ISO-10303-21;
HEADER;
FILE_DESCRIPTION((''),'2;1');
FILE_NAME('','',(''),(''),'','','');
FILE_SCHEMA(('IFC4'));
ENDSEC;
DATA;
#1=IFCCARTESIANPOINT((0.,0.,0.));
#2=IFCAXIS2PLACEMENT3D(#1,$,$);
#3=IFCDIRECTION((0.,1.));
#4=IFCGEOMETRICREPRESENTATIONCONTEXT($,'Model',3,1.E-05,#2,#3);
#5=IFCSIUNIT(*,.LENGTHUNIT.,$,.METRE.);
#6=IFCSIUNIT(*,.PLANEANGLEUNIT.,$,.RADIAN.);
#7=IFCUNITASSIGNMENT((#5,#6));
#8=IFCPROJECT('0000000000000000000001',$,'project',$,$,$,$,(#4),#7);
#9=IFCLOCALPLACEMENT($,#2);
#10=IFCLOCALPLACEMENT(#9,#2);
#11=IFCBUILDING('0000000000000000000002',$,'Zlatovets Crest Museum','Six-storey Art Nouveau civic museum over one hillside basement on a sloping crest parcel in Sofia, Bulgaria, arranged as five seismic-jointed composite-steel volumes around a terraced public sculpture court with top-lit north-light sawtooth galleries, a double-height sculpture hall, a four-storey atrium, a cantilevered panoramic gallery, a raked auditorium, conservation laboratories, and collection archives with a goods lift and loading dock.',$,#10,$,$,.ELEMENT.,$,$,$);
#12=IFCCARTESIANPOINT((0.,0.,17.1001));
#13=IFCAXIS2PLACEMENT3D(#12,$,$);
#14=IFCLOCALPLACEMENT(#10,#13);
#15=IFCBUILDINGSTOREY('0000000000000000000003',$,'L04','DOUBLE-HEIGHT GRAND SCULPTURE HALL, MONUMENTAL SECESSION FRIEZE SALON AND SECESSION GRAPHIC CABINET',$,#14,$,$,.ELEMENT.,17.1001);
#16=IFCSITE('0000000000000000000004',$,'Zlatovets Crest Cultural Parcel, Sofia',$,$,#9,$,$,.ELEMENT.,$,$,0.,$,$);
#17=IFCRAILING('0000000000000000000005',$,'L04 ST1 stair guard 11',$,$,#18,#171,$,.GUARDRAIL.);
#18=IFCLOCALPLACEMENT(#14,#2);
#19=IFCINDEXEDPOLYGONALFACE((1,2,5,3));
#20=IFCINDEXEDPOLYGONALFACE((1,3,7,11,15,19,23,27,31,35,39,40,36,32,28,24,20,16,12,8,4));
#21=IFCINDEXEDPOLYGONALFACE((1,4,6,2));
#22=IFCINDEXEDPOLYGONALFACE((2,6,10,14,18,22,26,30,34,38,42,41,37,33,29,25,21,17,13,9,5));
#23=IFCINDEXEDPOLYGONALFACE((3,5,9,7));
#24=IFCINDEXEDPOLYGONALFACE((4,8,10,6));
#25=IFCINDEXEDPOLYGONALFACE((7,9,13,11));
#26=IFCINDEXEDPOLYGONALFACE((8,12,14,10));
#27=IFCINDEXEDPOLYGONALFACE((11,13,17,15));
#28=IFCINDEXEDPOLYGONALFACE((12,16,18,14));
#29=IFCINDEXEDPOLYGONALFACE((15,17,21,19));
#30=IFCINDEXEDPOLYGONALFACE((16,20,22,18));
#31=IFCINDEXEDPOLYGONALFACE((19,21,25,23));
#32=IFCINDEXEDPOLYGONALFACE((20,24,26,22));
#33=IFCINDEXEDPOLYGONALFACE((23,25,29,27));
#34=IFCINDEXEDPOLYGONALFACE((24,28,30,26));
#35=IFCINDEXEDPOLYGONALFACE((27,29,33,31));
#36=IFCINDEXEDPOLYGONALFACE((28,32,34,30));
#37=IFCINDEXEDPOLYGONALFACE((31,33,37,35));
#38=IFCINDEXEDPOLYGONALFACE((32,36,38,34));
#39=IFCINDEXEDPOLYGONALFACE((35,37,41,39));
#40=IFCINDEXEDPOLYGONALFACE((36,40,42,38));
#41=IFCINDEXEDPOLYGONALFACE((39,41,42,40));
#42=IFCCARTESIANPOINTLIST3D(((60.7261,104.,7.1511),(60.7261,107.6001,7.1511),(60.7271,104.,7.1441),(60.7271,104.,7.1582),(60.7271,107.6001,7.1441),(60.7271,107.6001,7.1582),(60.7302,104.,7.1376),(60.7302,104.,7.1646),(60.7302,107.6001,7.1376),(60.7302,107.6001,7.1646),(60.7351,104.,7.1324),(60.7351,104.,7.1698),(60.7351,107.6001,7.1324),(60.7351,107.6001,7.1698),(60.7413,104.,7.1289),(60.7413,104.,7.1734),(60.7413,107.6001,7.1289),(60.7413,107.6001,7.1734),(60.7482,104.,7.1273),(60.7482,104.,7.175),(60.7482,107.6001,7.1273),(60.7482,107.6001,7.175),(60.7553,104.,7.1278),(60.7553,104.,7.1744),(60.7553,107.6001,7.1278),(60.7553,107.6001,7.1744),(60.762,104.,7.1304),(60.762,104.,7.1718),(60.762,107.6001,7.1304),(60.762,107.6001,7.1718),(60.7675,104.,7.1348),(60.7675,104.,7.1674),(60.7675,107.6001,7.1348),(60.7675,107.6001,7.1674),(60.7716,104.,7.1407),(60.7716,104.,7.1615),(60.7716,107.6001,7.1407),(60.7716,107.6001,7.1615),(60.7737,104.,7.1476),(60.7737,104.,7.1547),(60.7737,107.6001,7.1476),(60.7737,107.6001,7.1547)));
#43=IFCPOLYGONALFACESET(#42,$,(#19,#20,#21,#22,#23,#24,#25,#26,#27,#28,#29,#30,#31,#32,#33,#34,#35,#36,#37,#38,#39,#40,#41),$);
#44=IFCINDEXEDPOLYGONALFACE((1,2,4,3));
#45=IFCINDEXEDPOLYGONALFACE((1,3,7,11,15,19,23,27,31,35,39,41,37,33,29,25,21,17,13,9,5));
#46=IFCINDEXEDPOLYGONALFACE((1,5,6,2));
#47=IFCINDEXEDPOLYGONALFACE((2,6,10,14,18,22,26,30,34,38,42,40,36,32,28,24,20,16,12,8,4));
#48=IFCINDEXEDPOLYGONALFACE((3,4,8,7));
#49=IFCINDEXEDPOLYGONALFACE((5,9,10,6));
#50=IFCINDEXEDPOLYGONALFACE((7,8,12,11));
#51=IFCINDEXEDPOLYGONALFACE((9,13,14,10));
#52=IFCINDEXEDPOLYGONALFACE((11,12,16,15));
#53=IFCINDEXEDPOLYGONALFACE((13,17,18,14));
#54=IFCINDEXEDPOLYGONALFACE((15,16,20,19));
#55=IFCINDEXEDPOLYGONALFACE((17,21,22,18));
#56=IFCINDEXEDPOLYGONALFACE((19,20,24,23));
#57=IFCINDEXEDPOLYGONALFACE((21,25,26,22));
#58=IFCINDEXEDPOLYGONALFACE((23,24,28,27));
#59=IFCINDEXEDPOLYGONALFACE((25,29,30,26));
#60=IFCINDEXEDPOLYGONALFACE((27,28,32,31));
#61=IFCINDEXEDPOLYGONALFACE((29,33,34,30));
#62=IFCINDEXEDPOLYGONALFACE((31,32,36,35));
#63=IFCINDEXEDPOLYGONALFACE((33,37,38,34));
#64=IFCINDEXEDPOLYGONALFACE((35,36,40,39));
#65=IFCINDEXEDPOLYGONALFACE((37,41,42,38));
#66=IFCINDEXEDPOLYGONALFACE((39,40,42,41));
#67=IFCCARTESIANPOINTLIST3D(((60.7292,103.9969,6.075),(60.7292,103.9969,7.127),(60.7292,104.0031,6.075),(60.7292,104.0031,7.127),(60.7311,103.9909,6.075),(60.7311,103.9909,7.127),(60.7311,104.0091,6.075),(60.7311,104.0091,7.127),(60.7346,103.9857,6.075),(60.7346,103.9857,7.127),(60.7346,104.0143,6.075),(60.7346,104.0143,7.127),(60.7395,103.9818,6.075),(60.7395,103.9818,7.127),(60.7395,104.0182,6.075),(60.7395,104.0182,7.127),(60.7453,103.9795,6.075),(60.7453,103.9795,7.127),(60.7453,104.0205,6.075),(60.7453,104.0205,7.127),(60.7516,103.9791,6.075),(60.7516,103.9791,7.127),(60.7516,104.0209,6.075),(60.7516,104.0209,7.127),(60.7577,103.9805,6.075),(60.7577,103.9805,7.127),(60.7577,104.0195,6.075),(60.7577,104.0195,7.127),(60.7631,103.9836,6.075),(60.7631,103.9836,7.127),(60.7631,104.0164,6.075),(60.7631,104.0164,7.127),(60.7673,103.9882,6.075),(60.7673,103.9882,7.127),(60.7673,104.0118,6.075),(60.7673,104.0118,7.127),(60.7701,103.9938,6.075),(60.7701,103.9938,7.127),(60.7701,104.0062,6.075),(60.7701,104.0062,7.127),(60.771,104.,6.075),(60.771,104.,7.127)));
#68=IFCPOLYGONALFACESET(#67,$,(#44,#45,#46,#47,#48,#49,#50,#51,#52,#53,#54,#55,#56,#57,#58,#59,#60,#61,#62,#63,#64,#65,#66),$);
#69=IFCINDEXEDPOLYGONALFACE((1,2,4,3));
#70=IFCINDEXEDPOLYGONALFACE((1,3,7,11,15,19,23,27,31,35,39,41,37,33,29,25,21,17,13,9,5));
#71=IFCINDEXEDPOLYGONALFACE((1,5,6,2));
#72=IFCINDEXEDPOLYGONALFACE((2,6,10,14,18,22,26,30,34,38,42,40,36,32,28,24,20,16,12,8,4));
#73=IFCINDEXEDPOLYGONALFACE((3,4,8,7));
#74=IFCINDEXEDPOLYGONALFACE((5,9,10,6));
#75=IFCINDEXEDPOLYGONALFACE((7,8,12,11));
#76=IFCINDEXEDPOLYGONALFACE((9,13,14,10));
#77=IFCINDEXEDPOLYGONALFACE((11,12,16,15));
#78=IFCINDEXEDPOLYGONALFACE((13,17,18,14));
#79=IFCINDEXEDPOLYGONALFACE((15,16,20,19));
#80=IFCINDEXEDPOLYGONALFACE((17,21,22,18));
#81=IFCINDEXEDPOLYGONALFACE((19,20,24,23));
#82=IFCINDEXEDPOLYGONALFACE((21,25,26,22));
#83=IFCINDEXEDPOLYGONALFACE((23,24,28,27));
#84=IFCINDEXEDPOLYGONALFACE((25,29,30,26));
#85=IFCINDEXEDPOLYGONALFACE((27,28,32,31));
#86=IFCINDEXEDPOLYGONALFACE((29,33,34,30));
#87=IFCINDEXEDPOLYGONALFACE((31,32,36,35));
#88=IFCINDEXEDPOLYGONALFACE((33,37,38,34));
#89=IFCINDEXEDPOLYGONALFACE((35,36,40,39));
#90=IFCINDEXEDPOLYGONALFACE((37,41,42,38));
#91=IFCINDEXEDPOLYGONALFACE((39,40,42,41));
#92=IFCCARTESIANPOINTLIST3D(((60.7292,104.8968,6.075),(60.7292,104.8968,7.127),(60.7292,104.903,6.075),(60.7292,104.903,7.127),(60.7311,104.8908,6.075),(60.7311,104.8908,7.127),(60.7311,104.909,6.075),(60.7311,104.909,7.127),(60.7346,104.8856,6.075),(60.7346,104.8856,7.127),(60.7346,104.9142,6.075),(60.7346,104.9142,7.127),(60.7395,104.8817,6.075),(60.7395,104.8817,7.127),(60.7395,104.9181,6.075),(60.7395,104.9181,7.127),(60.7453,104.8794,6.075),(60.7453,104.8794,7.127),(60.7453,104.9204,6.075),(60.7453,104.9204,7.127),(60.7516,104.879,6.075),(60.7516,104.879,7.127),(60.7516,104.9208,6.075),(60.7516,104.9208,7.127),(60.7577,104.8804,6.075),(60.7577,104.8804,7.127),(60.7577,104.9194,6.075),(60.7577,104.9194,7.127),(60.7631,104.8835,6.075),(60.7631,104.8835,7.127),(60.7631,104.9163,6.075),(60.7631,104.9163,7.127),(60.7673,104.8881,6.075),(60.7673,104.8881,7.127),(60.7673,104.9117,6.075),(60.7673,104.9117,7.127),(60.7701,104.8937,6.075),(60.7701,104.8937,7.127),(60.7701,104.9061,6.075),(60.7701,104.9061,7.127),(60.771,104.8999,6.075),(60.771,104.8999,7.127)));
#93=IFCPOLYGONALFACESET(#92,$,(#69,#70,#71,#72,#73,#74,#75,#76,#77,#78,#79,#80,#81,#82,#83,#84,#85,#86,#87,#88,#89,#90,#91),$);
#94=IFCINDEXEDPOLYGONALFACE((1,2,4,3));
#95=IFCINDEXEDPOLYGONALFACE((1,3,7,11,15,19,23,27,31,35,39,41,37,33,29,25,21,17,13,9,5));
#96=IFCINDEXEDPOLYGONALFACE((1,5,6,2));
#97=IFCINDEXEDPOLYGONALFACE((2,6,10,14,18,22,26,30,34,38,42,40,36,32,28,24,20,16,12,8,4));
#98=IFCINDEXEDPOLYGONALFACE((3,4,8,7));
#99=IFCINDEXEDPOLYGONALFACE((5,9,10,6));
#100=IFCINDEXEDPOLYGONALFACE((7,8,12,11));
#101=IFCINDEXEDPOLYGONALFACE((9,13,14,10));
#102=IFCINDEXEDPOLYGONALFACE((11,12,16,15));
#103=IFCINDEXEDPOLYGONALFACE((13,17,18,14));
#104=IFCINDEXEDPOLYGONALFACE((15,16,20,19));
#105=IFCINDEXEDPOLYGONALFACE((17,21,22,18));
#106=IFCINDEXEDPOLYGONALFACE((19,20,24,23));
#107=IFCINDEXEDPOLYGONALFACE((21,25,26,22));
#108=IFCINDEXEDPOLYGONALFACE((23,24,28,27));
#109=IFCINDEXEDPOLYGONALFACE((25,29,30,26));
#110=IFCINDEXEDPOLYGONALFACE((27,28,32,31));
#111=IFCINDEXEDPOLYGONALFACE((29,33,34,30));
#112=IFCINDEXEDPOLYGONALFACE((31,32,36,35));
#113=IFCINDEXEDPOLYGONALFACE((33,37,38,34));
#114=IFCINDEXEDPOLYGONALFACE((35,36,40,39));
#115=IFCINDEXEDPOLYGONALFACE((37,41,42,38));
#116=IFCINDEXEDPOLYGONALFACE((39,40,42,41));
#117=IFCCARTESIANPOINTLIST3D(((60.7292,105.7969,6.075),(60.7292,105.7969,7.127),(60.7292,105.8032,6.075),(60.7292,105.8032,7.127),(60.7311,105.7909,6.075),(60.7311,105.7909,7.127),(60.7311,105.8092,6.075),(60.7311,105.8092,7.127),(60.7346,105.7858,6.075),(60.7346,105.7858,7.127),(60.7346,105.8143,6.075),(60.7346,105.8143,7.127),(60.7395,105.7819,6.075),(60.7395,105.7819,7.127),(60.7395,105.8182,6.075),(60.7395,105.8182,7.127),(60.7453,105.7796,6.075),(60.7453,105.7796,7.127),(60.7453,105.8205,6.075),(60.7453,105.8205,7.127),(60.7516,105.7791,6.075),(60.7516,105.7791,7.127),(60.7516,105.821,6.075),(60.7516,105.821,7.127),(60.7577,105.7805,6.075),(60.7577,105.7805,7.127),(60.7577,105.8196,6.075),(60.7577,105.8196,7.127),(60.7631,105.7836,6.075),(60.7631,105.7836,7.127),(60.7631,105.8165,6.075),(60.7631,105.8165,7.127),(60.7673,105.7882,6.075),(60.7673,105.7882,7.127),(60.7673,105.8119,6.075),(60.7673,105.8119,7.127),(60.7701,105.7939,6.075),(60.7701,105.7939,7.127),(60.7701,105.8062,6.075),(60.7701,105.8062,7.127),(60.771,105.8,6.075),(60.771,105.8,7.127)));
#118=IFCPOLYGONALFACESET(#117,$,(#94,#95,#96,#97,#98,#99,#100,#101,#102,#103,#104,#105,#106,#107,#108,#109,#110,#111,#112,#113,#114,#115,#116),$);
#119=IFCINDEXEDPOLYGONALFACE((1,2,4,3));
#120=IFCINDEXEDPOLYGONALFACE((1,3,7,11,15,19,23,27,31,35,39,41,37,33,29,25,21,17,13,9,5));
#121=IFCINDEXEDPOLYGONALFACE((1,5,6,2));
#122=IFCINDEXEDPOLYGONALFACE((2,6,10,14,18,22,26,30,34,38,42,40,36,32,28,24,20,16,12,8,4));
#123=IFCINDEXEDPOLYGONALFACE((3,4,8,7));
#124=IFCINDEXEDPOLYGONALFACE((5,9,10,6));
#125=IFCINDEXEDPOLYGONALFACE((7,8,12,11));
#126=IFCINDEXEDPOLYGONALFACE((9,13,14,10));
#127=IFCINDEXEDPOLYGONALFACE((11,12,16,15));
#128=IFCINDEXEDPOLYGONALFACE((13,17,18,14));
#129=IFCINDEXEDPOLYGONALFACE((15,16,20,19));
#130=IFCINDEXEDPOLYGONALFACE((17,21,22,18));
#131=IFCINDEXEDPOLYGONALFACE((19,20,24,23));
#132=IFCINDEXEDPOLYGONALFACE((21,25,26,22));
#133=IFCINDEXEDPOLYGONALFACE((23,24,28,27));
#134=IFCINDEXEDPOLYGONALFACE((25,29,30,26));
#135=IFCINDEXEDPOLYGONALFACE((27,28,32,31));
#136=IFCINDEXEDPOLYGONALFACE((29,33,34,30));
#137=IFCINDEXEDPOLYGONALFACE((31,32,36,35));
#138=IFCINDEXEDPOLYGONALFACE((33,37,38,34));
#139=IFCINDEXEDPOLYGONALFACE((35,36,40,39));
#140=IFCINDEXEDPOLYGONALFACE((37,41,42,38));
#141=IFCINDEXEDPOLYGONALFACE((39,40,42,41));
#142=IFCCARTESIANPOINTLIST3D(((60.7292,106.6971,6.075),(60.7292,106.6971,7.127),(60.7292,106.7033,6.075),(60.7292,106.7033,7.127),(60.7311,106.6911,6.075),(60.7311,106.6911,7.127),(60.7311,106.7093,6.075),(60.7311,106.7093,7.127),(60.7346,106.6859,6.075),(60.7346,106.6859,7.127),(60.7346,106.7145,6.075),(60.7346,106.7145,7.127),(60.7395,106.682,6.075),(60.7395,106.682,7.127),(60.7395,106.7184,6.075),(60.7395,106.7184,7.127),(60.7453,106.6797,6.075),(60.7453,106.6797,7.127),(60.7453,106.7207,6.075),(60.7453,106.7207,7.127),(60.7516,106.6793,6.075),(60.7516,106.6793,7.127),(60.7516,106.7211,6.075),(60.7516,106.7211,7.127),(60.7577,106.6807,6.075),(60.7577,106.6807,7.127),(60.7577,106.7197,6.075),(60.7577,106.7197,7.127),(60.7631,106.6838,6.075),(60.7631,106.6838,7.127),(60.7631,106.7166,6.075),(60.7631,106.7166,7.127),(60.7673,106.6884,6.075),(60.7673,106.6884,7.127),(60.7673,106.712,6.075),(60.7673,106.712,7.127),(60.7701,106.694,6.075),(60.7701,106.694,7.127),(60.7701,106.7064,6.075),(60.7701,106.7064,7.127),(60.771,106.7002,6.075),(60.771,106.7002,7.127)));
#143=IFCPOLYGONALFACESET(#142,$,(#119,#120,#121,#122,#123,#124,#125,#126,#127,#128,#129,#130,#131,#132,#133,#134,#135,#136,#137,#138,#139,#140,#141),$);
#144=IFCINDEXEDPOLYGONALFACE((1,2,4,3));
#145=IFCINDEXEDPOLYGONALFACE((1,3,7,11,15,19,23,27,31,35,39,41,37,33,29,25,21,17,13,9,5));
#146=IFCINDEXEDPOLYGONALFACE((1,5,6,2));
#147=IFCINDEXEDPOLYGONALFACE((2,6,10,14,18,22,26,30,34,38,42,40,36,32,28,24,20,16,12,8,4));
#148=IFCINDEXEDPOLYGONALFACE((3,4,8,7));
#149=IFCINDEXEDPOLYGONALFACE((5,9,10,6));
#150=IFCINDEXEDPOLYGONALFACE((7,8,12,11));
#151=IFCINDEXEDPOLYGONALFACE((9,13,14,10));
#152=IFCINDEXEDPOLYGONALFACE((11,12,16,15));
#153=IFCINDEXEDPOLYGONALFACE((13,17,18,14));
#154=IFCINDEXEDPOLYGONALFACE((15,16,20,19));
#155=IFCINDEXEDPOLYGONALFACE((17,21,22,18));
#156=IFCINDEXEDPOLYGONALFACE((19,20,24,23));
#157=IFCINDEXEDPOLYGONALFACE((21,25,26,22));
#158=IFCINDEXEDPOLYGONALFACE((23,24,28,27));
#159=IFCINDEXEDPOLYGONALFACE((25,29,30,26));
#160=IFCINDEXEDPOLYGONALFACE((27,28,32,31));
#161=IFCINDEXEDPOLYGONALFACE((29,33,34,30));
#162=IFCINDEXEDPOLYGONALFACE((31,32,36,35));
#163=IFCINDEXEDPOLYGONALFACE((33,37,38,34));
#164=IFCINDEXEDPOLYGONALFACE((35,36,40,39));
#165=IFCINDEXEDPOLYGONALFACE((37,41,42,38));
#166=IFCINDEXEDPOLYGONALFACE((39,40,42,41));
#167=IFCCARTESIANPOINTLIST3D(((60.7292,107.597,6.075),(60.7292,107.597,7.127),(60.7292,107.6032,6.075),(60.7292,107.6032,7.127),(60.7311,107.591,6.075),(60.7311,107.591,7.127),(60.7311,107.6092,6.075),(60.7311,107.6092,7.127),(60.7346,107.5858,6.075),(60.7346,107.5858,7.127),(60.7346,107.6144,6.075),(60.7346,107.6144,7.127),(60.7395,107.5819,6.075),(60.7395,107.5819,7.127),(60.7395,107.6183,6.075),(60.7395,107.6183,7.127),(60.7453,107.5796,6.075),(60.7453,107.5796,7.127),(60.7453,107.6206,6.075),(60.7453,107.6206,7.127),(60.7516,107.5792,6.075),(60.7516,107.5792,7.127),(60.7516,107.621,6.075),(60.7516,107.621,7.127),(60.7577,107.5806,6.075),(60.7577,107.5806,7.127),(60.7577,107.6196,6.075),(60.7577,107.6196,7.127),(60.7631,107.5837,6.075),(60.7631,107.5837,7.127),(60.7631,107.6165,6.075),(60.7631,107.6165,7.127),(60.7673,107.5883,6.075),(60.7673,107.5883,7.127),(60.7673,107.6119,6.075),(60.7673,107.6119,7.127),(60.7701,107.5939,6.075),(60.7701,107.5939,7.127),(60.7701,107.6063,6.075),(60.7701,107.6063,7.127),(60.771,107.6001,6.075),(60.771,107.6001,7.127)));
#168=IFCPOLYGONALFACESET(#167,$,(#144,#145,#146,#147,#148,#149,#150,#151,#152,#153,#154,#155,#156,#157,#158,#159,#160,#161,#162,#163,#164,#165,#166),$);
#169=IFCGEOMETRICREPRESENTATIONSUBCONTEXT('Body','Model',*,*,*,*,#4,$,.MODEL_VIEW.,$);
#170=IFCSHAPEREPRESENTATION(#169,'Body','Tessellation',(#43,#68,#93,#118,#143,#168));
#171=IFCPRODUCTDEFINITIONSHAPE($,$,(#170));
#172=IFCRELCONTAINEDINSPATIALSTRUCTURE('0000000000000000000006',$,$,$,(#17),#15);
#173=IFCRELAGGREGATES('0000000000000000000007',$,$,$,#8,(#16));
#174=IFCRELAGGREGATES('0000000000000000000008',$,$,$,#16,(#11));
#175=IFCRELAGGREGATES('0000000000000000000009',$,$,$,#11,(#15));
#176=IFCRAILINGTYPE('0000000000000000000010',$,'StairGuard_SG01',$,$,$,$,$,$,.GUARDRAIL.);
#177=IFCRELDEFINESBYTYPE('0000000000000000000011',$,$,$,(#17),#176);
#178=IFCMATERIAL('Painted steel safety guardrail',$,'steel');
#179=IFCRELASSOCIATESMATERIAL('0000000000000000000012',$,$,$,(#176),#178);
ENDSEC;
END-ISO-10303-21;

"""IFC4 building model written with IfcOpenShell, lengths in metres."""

from ifc_helpers import new_model, si_unit, direction, frame, origin, origin_2d, place, context, subcontext, project, spatial, circle, extrude, material, type_object, element, save


model = new_model("IFC4")

# Units and contexts
model_context = context("Model", 3, precision=1e-05, world=origin(), true_north=direction((0.0, 1.0)))
body_context = subcontext(model_context, "Body", "Model", "MODEL_VIEW")
ifc_project = project(units=[si_unit("LENGTHUNIT", "METRE"), si_unit("PLANEANGLEUNIT", "RADIAN")], contexts=[model_context])

# Site, building, storey
site_placement = place(None, origin())
site = spatial("IfcSite", under=ifc_project, at=site_placement, Name="Zlatovets Crest Cultural Parcel, Sofia", CompositionType="ELEMENT", RefElevation=0.0)
building_placement = place(site_placement, origin())
building = spatial("IfcBuilding", under=site, at=building_placement, Name="Zlatovets Crest Museum", Description="Six-storey Art Nouveau civic museum over one hillside basement on a sloping crest parcel in Sofia, Bulgaria, arranged as five seismic-jointed composite-steel volumes around a terraced public sculpture court with top-lit north-light sawtooth galleries, a double-height sculpture hall, a four-storey atrium, a cantilevered panoramic gallery, a raked auditorium, conservation laboratories, and collection archives with a goods lift and loading dock.", CompositionType="ELEMENT")
storey_placement = place(building_placement, frame((0.0, 0.0, 17.1001)))
storey = spatial("IfcBuildingStorey", under=building, at=storey_placement, Name="L04", Description="DOUBLE-HEIGHT GRAND SCULPTURE HALL, MONUMENTAL SECESSION FRIEZE SALON AND SECESSION GRAPHIC CABINET", CompositionType="ELEMENT", Elevation=17.1001)

# Railing
ifc_material_1 = material(Name="Painted steel safety guardrail", Category="steel")
railing_type_1 = type_object("IfcRailingType", Name="StairGuard_SG01", PredefinedType="GUARDRAIL", material=ifc_material_1)
for number, where, name in (
    (1, (60.75, 104.0, 6.075), "L04 ST1 stair guard 11"),
):
    element("IfcRailing", number, at=place(storey_placement, frame(where)), inside=storey, type_object=railing_type_1, Name=name, PredefinedType="GUARDRAIL", context=body_context, shape_type="SweptSolid", body=[
        extrude(circle(Radius=0.0239, at=origin_2d()), frame((0.0, 0.0, 1.0762), z_axis=(0.0, 1.0, 0.0), x_axis=(-1.0, 0.0, 0.0)), (0.0, 0.0, 1.0), 3.6001),
        extrude(circle(Radius=0.021, at=origin_2d()), origin(), (0.0, 0.0, 1.0), 1.052),
        extrude(circle(Radius=0.021, at=origin_2d()), frame((0.0, 0.8999, 0.0)), (0.0, 0.0, 1.0), 1.052),
        extrude(circle(Radius=0.021, at=origin_2d()), frame((0.0, 1.8, 0.0)), (0.0, 0.0, 1.0), 1.052),
        extrude(circle(Radius=0.021, at=origin_2d()), frame((0.0, 2.7002, 0.0)), (0.0, 0.0, 1.0), 1.052),
        extrude(circle(Radius=0.021, at=origin_2d()), frame((0.0, 3.6001, 0.0)), (0.0, 0.0, 1.0), 1.052),
    ])

save(model, "model.ifc")
